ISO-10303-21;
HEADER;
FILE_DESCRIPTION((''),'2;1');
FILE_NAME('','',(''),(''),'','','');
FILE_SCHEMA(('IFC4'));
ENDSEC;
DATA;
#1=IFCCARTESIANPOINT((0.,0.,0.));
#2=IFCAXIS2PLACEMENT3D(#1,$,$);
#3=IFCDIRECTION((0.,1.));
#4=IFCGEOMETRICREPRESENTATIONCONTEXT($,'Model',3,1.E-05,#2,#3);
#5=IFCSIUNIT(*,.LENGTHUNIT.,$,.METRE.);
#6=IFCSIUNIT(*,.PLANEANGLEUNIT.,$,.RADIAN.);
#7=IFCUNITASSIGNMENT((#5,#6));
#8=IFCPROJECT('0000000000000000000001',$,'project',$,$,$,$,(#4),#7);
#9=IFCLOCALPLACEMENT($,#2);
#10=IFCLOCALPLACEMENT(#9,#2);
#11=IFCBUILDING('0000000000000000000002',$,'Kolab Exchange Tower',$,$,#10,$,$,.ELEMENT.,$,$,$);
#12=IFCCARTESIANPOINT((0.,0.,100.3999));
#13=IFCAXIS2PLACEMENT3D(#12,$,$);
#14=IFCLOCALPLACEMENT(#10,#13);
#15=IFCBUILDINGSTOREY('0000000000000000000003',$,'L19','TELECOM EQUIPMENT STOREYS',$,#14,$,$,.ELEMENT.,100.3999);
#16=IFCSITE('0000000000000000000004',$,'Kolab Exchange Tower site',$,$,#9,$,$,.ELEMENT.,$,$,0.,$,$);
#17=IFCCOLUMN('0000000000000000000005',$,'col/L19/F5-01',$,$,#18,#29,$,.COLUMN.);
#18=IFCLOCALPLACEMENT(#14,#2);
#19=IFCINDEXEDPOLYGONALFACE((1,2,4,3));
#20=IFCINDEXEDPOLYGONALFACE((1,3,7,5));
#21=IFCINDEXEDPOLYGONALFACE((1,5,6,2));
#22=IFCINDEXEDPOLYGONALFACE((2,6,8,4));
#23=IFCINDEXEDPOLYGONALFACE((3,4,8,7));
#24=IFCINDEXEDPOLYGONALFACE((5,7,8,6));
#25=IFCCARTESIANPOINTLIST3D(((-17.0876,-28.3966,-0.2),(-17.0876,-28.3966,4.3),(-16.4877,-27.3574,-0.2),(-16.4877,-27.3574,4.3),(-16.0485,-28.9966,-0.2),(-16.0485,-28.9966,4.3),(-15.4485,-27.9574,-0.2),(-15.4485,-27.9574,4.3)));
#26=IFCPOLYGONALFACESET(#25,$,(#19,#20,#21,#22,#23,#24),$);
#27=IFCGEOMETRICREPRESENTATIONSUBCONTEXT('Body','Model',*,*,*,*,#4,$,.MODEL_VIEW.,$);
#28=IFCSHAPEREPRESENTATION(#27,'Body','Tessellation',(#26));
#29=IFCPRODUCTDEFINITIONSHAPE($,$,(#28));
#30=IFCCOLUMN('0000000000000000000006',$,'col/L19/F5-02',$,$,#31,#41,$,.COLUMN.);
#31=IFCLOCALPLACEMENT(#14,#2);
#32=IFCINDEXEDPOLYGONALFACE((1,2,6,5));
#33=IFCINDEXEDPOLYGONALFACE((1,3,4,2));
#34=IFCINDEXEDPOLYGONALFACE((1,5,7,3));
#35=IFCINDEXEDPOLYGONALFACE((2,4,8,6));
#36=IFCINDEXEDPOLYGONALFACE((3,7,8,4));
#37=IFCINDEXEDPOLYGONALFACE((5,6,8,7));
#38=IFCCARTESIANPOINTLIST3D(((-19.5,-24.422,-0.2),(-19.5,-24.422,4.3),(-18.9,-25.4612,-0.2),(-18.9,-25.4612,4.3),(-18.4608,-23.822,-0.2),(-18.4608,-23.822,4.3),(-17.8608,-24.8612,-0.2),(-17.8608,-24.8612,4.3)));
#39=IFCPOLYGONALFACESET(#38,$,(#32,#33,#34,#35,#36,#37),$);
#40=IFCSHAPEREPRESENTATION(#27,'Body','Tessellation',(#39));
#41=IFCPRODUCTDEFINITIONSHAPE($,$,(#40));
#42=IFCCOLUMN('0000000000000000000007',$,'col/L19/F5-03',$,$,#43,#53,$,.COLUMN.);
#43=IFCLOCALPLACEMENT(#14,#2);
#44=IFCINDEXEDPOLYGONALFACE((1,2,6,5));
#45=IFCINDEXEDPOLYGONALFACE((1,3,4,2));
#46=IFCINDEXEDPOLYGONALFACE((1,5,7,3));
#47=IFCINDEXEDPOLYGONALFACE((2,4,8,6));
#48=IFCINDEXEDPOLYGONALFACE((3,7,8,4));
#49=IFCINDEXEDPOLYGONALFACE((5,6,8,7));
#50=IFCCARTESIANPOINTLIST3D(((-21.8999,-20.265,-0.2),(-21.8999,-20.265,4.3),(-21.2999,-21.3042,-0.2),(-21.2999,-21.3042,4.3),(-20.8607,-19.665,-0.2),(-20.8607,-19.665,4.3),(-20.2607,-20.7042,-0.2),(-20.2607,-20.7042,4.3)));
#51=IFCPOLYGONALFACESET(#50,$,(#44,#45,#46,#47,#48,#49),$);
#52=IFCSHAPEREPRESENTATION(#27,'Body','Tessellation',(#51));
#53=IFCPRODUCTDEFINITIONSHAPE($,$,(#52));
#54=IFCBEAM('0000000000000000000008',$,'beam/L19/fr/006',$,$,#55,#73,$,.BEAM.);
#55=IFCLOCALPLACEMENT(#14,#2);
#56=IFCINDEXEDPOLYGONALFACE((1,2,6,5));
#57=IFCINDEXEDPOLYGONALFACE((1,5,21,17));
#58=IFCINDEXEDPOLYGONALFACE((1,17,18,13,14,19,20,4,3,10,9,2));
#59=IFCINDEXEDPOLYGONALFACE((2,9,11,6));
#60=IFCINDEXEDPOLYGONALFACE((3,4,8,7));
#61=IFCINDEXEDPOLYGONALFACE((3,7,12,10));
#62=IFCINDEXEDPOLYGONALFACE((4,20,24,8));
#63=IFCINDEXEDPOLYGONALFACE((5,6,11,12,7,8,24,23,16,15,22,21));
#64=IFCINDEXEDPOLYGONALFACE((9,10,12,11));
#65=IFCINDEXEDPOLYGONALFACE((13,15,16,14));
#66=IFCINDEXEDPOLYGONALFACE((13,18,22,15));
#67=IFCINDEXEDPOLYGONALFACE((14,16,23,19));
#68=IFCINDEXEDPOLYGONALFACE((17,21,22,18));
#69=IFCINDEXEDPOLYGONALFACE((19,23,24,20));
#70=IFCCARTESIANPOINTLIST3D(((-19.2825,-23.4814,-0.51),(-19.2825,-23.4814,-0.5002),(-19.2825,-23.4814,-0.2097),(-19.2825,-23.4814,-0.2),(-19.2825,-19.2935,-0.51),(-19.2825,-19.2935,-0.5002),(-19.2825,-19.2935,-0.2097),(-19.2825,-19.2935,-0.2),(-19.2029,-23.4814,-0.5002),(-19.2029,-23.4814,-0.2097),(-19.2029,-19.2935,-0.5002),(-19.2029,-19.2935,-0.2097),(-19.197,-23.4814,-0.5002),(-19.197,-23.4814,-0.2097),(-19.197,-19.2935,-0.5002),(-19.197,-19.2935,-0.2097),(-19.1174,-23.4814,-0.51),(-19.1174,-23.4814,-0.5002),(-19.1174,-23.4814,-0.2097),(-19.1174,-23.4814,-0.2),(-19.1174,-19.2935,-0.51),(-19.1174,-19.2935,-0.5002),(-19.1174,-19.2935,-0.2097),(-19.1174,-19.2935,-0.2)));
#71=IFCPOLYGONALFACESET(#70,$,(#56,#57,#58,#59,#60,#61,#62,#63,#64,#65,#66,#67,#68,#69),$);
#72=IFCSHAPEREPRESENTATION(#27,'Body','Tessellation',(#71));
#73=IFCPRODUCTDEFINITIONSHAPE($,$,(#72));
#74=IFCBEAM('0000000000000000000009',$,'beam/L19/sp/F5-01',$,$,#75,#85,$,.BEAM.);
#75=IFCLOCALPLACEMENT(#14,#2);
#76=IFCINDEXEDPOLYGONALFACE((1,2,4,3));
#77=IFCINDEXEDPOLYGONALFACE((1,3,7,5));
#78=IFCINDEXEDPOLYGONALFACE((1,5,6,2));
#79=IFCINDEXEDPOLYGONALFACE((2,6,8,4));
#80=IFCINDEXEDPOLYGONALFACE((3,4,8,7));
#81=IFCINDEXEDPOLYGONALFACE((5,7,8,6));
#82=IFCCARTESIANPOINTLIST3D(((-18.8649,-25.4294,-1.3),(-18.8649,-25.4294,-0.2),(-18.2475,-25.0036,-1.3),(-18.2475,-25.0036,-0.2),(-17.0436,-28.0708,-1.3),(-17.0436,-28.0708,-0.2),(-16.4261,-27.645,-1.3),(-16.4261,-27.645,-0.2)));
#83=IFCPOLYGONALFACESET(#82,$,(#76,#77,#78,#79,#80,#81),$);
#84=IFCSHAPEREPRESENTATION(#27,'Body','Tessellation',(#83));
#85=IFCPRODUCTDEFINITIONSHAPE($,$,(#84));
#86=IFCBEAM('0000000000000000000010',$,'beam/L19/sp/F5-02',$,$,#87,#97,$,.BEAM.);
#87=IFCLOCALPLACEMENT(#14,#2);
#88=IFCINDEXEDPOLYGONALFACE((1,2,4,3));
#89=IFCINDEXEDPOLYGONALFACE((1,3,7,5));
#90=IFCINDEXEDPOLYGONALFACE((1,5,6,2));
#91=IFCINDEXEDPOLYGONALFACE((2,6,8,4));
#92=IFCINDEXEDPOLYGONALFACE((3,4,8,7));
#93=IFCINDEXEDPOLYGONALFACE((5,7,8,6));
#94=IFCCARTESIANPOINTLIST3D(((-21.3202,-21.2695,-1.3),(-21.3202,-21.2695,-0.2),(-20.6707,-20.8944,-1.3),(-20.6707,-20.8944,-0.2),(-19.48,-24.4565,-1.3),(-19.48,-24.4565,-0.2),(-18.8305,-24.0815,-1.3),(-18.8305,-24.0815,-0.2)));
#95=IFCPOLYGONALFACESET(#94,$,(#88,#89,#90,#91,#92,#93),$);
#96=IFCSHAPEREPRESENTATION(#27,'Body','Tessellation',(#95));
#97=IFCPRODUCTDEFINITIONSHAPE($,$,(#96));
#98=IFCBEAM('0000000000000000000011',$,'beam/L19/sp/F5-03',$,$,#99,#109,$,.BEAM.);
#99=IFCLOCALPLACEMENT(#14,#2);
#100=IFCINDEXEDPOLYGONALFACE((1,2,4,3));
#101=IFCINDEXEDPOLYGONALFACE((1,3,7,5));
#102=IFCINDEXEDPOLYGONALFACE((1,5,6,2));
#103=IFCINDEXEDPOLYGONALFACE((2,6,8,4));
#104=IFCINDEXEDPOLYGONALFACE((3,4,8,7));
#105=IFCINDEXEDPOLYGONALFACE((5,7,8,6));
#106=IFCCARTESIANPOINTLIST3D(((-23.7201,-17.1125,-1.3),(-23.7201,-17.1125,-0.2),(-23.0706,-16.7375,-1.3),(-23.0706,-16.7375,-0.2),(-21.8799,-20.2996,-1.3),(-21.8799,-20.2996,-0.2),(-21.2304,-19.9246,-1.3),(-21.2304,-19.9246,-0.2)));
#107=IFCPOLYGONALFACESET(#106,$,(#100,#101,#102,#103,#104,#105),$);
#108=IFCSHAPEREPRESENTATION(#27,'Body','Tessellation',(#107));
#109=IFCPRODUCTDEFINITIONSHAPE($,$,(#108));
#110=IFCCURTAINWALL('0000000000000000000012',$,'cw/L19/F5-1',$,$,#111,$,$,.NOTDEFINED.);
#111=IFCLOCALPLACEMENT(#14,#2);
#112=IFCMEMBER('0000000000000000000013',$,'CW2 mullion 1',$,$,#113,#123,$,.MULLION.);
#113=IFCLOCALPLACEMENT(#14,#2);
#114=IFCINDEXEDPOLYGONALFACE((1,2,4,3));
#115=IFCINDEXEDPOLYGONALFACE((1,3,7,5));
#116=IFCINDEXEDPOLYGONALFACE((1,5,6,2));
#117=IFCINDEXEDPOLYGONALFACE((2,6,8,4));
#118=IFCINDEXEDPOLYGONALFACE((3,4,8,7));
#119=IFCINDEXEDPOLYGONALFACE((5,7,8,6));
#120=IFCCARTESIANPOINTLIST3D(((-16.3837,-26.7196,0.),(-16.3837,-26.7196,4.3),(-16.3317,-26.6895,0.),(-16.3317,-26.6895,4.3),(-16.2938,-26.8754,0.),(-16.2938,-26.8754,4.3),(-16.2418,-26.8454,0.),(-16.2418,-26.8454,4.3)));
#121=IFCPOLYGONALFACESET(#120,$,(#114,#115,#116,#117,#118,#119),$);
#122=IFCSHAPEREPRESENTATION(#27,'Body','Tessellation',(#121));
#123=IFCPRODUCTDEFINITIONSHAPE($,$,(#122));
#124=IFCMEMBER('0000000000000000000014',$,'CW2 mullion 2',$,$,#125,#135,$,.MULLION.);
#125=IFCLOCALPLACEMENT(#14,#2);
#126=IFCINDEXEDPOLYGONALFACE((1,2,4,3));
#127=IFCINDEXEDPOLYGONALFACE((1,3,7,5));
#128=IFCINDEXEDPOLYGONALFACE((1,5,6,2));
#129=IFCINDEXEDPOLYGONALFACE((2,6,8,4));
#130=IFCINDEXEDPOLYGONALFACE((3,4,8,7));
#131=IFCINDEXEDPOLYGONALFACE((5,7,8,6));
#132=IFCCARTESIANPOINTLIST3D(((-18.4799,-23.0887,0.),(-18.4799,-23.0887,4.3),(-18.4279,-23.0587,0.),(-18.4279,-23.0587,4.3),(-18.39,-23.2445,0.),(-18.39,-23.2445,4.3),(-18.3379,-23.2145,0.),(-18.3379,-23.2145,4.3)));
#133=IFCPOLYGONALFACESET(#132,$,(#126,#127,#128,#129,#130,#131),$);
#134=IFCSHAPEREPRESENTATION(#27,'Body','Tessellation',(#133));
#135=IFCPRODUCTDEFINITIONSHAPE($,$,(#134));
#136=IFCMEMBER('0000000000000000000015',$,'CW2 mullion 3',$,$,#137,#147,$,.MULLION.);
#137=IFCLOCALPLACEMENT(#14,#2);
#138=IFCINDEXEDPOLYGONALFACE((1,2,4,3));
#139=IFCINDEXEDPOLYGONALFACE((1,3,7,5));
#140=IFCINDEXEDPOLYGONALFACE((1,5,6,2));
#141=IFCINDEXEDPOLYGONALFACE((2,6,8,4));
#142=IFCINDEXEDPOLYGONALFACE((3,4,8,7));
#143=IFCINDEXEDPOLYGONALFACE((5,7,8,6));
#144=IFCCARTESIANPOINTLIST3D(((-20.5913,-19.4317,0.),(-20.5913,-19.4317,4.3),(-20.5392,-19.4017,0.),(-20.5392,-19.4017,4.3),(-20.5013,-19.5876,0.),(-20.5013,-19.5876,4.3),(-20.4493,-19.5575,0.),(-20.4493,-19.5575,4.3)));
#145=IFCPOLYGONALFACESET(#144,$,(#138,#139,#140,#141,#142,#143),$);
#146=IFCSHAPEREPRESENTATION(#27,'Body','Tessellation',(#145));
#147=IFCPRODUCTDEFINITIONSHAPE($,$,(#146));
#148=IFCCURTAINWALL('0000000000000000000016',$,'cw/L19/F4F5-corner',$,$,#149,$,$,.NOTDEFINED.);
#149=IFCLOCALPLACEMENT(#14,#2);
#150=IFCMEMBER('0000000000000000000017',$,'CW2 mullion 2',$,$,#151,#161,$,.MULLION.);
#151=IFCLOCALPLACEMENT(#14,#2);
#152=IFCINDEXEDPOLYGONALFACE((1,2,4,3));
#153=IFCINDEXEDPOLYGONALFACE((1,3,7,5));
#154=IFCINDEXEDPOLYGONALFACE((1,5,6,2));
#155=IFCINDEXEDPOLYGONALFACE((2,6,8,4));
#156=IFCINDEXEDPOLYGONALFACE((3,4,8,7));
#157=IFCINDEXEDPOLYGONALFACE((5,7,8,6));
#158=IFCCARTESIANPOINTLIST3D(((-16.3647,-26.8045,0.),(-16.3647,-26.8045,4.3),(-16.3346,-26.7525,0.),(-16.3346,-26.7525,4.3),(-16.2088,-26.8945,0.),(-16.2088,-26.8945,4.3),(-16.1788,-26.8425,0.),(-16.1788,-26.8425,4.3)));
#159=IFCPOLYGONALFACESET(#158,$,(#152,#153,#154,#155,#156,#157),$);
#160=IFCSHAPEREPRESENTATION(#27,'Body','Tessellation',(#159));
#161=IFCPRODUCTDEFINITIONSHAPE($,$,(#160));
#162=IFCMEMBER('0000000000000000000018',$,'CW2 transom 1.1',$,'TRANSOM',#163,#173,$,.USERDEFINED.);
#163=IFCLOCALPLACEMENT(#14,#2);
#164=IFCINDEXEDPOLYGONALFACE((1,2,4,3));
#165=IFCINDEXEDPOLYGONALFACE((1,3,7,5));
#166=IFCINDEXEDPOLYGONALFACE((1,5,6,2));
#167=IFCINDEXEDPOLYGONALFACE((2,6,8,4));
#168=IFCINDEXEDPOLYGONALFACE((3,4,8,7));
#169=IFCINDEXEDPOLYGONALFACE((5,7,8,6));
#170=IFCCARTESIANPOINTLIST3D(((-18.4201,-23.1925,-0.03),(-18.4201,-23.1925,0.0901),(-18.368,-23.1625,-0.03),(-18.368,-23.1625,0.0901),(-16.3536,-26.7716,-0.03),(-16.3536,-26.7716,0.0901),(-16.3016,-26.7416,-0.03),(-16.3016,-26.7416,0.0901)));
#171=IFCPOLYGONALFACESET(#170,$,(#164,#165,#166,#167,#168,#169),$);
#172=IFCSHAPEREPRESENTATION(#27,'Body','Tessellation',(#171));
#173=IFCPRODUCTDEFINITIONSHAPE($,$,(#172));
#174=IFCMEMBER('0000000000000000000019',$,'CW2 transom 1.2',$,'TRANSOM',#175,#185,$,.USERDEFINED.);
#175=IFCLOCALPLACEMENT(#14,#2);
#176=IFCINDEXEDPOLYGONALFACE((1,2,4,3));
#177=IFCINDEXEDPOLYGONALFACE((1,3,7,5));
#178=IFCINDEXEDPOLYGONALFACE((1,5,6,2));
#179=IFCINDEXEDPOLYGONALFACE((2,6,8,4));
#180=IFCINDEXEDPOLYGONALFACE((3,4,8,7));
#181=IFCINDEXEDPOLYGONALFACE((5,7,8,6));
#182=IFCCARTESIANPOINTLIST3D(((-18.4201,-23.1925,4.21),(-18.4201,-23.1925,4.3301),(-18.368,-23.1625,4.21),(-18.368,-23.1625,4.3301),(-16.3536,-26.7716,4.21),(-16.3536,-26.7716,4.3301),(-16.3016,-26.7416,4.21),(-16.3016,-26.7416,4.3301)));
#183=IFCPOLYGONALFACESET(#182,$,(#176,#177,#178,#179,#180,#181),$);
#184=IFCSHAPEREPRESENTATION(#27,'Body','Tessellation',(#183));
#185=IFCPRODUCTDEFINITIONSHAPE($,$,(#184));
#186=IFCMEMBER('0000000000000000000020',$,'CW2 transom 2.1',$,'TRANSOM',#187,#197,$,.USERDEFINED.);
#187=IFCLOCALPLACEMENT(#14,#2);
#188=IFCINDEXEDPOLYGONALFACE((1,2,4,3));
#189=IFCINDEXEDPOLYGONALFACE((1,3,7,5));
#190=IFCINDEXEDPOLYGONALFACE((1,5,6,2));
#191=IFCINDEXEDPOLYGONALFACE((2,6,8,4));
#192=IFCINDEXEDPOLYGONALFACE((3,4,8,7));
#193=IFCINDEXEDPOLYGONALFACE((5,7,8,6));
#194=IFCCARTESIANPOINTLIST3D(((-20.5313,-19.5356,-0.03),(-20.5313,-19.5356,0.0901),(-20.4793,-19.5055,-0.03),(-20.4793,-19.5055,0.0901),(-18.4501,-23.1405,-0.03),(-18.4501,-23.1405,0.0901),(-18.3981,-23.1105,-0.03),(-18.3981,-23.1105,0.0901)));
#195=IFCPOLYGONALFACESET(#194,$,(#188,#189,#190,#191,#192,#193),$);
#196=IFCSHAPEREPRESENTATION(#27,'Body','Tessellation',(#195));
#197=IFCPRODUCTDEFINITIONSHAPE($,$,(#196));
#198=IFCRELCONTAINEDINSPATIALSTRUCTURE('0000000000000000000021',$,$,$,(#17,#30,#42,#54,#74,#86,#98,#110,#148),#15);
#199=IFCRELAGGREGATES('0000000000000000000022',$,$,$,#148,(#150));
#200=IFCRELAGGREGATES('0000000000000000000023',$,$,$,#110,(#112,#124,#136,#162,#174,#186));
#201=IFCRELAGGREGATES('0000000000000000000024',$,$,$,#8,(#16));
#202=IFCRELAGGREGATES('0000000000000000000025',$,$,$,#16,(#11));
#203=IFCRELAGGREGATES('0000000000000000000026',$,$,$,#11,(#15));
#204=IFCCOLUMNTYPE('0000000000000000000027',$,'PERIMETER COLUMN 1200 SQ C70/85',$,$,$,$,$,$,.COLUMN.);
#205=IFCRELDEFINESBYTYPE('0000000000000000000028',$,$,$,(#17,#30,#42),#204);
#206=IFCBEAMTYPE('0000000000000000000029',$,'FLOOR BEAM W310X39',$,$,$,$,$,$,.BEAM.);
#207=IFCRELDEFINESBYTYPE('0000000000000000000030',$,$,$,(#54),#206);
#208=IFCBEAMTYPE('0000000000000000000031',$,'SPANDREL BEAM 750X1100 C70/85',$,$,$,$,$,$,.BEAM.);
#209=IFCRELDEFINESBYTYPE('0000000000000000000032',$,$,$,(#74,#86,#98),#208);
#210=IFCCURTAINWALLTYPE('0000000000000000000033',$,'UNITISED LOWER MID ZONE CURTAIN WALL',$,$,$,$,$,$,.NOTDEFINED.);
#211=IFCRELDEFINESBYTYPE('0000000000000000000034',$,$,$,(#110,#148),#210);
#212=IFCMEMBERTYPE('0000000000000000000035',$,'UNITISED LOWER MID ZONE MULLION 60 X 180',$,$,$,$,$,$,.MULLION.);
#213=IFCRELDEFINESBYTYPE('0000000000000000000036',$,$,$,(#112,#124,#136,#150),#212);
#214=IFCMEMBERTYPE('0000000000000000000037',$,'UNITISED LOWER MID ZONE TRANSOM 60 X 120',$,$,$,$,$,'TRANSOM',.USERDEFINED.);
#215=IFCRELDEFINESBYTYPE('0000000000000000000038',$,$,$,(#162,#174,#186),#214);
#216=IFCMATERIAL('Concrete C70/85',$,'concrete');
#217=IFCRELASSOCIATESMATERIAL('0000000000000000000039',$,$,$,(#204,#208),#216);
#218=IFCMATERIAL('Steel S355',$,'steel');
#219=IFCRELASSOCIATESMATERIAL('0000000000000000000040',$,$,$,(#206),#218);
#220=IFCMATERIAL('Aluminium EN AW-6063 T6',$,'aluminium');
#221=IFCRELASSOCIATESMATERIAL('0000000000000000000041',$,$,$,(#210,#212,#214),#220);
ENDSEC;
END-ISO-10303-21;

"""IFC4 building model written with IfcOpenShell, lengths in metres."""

from ifc_helpers import new_model, si_unit, direction, frame, origin, origin_2d, place, context, subcontext, project, spatial, rectangle, i_section, extrude, material, material_profile, profile_set, type_object, element, aggregate, save


model = new_model("IFC4")

# Units and contexts
model_context = context("Model", 3, precision=1e-05, world=origin(), true_north=direction((0.0, 1.0)))
body_context = subcontext(model_context, "Body", "Model", "MODEL_VIEW")
ifc_project = project(units=[si_unit("LENGTHUNIT", "METRE"), si_unit("PLANEANGLEUNIT", "RADIAN")], contexts=[model_context])

# Site, building, storey
site_placement = place(None, origin())
site = spatial("IfcSite", under=ifc_project, at=site_placement, Name="Kolab Exchange Tower site", CompositionType="ELEMENT", RefElevation=0.0)
building_placement = place(site_placement, origin())
building = spatial("IfcBuilding", under=site, at=building_placement, Name="Kolab Exchange Tower", CompositionType="ELEMENT")
storey_placement = place(building_placement, frame((0.0, 0.0, 100.3999)))
storey = spatial("IfcBuildingStorey", under=building, at=storey_placement, Name="L19", Description="TELECOM EQUIPMENT STOREYS", CompositionType="ELEMENT", Elevation=100.3999)

# Columns
ifc_material_1 = material(Name="Concrete C70/85", Category="concrete")
ifc_material_profile_1 = material_profile(ifc_material_1, rectangle(XDim=1.2, YDim=1.2, at=origin_2d()), Name="RC1200")
ifc_profile_set_1 = profile_set([ifc_material_profile_1], Name="Concrete C70/85")
column_type = type_object("IfcColumnType", Name="PERIMETER COLUMN 1200 SQ C70/85", PredefinedType="COLUMN", material=ifc_profile_set_1)
for number, where, z_axis, x_axis, name in (
    (1, (-16.2681, -28.177, -0.2), (0.0, 0.0, 1.0), (0.5, 0.866025, 0.0), "col/L19/F5-01"),
    (2, (-18.6804, -24.6416, -0.2), (0.0, 0.0, 1.0), (0.866025, 0.5, 0.0), "col/L19/F5-02"),
    (3, (-21.0803, -20.4846, -0.2), (0.0, 0.0, 1.0), (0.866025, 0.5, 0.0), "col/L19/F5-03"),
):
    element("IfcColumn", number, at=place(storey_placement, frame(where, z_axis=z_axis, x_axis=x_axis)), inside=storey, type_object=column_type, Name=name, PredefinedType="COLUMN", context=body_context, shape_type="SweptSolid", body=[
        extrude(rectangle(XDim=1.2, YDim=1.2, at=origin_2d()), origin(), (0.0, 0.0, 1.0), 4.5),
    ])

# Beams
ifc_material_2 = material(Name="Steel S355", Category="steel")
ifc_material_profile_2 = material_profile(ifc_material_2, i_section(OverallWidth=0.165, OverallDepth=0.3101, WebThickness=0.0059, FlangeThickness=0.0098, at=origin_2d()), Name="W310X39")
ifc_profile_set_2 = profile_set([ifc_material_profile_2], Name="Steel S355")
beam_type_1 = type_object("IfcBeamType", Name="FLOOR BEAM W310X39", PredefinedType="BEAM", material=ifc_profile_set_2)
beam_1_placement = place(storey_placement, frame((-19.2, -23.4814, -0.355), z_axis=(0.0, 1.0, 0.0), x_axis=(-1.0, 0.0, 0.0)))
element("IfcBeam", 4, at=beam_1_placement, inside=storey, type_object=beam_type_1, Name="beam/L19/fr/006", PredefinedType="BEAM", context=body_context, shape_type="SweptSolid", body=[
    extrude(i_section(OverallWidth=0.165, OverallDepth=0.3101, WebThickness=0.0059, FlangeThickness=0.0098, at=origin_2d()), origin(), (0.0, 0.0, 1.0), 4.188),
])
ifc_material_profile_3 = material_profile(ifc_material_1, rectangle(XDim=0.75, YDim=1.1001, at=origin_2d()), Name="RC750X1100")
ifc_profile_set_3 = profile_set([ifc_material_profile_3], Name="Concrete C70/85")
beam_type_2 = type_object("IfcBeamType", Name="SPANDREL BEAM 750X1100 C70/85", PredefinedType="BEAM", material=ifc_profile_set_3)
beam_2_placement = place(storey_placement, frame((-16.7349, -27.8579, -0.75), z_axis=(-0.567662, 0.823262, 0.0), x_axis=(-0.823262, -0.567662, 0.0)))
element("IfcBeam", 5, at=beam_2_placement, inside=storey, type_object=beam_type_2, Name="beam/L19/sp/F5-01", PredefinedType="BEAM", context=body_context, shape_type="SweptSolid", body=[
    extrude(rectangle(XDim=0.75, YDim=1.1001, at=origin_2d()), origin(), (0.0, 0.0, 1.0), 3.2085),
])
for number, where, z_axis, x_axis, name in (
    (6, (-19.1553, -24.269, -0.75), (-0.500013, 0.866018, 0.0), (-0.866018, -0.500013, 0.0), "beam/L19/sp/F5-02"),
    (7, (-21.5552, -20.1121, -0.75), (-0.500013, 0.866018, 0.0), (-0.866018, -0.500013, 0.0), "beam/L19/sp/F5-03"),
):
    element("IfcBeam", number, at=place(storey_placement, frame(where, z_axis=z_axis, x_axis=x_axis)), inside=storey, type_object=beam_type_2, Name=name, PredefinedType="BEAM", context=body_context, shape_type="SweptSolid", body=[
        extrude(rectangle(XDim=0.75, YDim=1.1001, at=origin_2d()), origin(), (0.0, 0.0, 1.0), 3.6802),
    ])

# Curtain wall, members
ifc_material_3 = material(Name="Aluminium EN AW-6063 T6", Category="aluminium")
curtain_wall_type = type_object("IfcCurtainWallType", Name="UNITISED LOWER MID ZONE CURTAIN WALL", PredefinedType="NOTDEFINED", material=ifc_material_3)
curtain_wall_1_placement = place(storey_placement, origin())
curtain_wall_1 = element("IfcCurtainWall", 8, at=curtain_wall_1_placement, inside=storey, type_object=curtain_wall_type, Name="cw/L19/F5-1", PredefinedType="NOTDEFINED")
ifc_material_profile_4 = material_profile(ifc_material_3, rectangle(XDim=0.0601, YDim=0.1799, at=origin_2d()), Name="RECT 60X180")
ifc_profile_set_4 = profile_set([ifc_material_profile_4], Name="Aluminium EN AW-6063 T6")
member_type_1 = type_object("IfcMemberType", Name="UNITISED LOWER MID ZONE MULLION 60 X 180", PredefinedType="MULLION", material=ifc_profile_set_4)
member_1_placement = place(storey_placement, frame((-16.3127, -26.7825, 0.0), z_axis=(0.0, 0.0, 1.0), x_axis=(-0.866025, -0.5, 0.0)))
member_1 = element("IfcMember", 9, at=member_1_placement, type_object=member_type_1, Name="CW2 mullion 1", PredefinedType="MULLION", context=body_context, shape_type="SweptSolid", body=[
    extrude(rectangle(XDim=0.0601, YDim=0.1799, at=origin_2d()), origin(), (0.0, 0.0, 1.0), 4.3),
])
member_2_placement = place(storey_placement, frame((-18.4089, -23.1516, 0.0), z_axis=(0.0, 0.0, 1.0), x_axis=(-0.866025, -0.5, 0.0)))
member_2 = element("IfcMember", 10, at=member_2_placement, type_object=member_type_1, Name="CW2 mullion 2", PredefinedType="MULLION", context=body_context, shape_type="SweptSolid", body=[
    extrude(rectangle(XDim=0.0601, YDim=0.1799, at=origin_2d()), origin(), (0.0, 0.0, 1.0), 4.3),
])
member_3_placement = place(storey_placement, frame((-20.5203, -19.4946, 0.0), z_axis=(0.0, 0.0, 1.0), x_axis=(-0.866025, -0.5, 0.0)))
member_3 = element("IfcMember", 11, at=member_3_placement, type_object=member_type_1, Name="CW2 mullion 3", PredefinedType="MULLION", context=body_context, shape_type="SweptSolid", body=[
    extrude(rectangle(XDim=0.0601, YDim=0.1799, at=origin_2d()), origin(), (0.0, 0.0, 1.0), 4.3),
])

# Curtain wall, member
curtain_wall_2_placement = place(storey_placement, origin())
curtain_wall_2 = element("IfcCurtainWall", 12, at=curtain_wall_2_placement, inside=storey, type_object=curtain_wall_type, Name="cw/L19/F4F5-corner", PredefinedType="NOTDEFINED")
member_4_placement = place(storey_placement, frame((-16.2717, -26.8235, 0.0), z_axis=(0.0, 0.0, 1.0), x_axis=(-0.5, -0.866025, 0.0)))
member_4 = element("IfcMember", 13, at=member_4_placement, type_object=member_type_1, Name="CW2 mullion 2", PredefinedType="MULLION", context=body_context, shape_type="SweptSolid", body=[
    extrude(rectangle(XDim=0.0601, YDim=0.1799, at=origin_2d()), origin(), (0.0, 0.0, 1.0), 4.3),
])
aggregate(curtain_wall_2, [member_4])

# Members
ifc_material_profile_5 = material_profile(ifc_material_3, rectangle(XDim=0.0601, YDim=0.1201, at=origin_2d()), Name="RECT 60X120")
ifc_profile_set_5 = profile_set([ifc_material_profile_5], Name="Aluminium EN AW-6063 T6")
member_type_2 = type_object("IfcMemberType", Name="UNITISED LOWER MID ZONE TRANSOM 60 X 120", ElementType="TRANSOM", PredefinedType="USERDEFINED", material=ifc_profile_set_5)
member_5_placement = place(storey_placement, frame((-16.3276, -26.7566, 0.03), z_axis=(-0.500002, 0.866024, 0.0), x_axis=(-0.866024, -0.500002, 0.0)))
member_5 = element("IfcMember", 14, at=member_5_placement, type_object=member_type_2, Name="CW2 transom 1.1", ObjectType="TRANSOM", PredefinedType="USERDEFINED", context=body_context, shape_type="SweptSolid", body=[
    extrude(rectangle(XDim=0.0601, YDim=0.1201, at=origin_2d()), origin(), (0.0, 0.0, 1.0), 4.1328),
])
member_6_placement = place(storey_placement, frame((-16.3276, -26.7566, 4.27), z_axis=(-0.500002, 0.866024, 0.0), x_axis=(-0.866024, -0.500002, 0.0)))
member_6 = element("IfcMember", 15, at=member_6_placement, type_object=member_type_2, Name="CW2 transom 1.2", ObjectType="TRANSOM", PredefinedType="USERDEFINED", context=body_context, shape_type="SweptSolid", body=[
    extrude(rectangle(XDim=0.0601, YDim=0.1201, at=origin_2d()), origin(), (0.0, 0.0, 1.0), 4.1328),
])
member_7_placement = place(storey_placement, frame((-18.4241, -23.1255, 0.03), z_axis=(-0.499993, 0.866029, 0.0), x_axis=(-0.866029, -0.499993, 0.0)))
member_7 = element("IfcMember", 16, at=member_7_placement, type_object=member_type_2, Name="CW2 transom 2.1", ObjectType="TRANSOM", PredefinedType="USERDEFINED", context=body_context, shape_type="SweptSolid", body=[
    extrude(rectangle(XDim=0.0601, YDim=0.1201, at=origin_2d()), origin(), (0.0, 0.0, 1.0), 4.1626),
])

aggregate(curtain_wall_1, [member_1, member_2, member_3, member_5, member_6, member_7])

save(model, "model.ifc")
